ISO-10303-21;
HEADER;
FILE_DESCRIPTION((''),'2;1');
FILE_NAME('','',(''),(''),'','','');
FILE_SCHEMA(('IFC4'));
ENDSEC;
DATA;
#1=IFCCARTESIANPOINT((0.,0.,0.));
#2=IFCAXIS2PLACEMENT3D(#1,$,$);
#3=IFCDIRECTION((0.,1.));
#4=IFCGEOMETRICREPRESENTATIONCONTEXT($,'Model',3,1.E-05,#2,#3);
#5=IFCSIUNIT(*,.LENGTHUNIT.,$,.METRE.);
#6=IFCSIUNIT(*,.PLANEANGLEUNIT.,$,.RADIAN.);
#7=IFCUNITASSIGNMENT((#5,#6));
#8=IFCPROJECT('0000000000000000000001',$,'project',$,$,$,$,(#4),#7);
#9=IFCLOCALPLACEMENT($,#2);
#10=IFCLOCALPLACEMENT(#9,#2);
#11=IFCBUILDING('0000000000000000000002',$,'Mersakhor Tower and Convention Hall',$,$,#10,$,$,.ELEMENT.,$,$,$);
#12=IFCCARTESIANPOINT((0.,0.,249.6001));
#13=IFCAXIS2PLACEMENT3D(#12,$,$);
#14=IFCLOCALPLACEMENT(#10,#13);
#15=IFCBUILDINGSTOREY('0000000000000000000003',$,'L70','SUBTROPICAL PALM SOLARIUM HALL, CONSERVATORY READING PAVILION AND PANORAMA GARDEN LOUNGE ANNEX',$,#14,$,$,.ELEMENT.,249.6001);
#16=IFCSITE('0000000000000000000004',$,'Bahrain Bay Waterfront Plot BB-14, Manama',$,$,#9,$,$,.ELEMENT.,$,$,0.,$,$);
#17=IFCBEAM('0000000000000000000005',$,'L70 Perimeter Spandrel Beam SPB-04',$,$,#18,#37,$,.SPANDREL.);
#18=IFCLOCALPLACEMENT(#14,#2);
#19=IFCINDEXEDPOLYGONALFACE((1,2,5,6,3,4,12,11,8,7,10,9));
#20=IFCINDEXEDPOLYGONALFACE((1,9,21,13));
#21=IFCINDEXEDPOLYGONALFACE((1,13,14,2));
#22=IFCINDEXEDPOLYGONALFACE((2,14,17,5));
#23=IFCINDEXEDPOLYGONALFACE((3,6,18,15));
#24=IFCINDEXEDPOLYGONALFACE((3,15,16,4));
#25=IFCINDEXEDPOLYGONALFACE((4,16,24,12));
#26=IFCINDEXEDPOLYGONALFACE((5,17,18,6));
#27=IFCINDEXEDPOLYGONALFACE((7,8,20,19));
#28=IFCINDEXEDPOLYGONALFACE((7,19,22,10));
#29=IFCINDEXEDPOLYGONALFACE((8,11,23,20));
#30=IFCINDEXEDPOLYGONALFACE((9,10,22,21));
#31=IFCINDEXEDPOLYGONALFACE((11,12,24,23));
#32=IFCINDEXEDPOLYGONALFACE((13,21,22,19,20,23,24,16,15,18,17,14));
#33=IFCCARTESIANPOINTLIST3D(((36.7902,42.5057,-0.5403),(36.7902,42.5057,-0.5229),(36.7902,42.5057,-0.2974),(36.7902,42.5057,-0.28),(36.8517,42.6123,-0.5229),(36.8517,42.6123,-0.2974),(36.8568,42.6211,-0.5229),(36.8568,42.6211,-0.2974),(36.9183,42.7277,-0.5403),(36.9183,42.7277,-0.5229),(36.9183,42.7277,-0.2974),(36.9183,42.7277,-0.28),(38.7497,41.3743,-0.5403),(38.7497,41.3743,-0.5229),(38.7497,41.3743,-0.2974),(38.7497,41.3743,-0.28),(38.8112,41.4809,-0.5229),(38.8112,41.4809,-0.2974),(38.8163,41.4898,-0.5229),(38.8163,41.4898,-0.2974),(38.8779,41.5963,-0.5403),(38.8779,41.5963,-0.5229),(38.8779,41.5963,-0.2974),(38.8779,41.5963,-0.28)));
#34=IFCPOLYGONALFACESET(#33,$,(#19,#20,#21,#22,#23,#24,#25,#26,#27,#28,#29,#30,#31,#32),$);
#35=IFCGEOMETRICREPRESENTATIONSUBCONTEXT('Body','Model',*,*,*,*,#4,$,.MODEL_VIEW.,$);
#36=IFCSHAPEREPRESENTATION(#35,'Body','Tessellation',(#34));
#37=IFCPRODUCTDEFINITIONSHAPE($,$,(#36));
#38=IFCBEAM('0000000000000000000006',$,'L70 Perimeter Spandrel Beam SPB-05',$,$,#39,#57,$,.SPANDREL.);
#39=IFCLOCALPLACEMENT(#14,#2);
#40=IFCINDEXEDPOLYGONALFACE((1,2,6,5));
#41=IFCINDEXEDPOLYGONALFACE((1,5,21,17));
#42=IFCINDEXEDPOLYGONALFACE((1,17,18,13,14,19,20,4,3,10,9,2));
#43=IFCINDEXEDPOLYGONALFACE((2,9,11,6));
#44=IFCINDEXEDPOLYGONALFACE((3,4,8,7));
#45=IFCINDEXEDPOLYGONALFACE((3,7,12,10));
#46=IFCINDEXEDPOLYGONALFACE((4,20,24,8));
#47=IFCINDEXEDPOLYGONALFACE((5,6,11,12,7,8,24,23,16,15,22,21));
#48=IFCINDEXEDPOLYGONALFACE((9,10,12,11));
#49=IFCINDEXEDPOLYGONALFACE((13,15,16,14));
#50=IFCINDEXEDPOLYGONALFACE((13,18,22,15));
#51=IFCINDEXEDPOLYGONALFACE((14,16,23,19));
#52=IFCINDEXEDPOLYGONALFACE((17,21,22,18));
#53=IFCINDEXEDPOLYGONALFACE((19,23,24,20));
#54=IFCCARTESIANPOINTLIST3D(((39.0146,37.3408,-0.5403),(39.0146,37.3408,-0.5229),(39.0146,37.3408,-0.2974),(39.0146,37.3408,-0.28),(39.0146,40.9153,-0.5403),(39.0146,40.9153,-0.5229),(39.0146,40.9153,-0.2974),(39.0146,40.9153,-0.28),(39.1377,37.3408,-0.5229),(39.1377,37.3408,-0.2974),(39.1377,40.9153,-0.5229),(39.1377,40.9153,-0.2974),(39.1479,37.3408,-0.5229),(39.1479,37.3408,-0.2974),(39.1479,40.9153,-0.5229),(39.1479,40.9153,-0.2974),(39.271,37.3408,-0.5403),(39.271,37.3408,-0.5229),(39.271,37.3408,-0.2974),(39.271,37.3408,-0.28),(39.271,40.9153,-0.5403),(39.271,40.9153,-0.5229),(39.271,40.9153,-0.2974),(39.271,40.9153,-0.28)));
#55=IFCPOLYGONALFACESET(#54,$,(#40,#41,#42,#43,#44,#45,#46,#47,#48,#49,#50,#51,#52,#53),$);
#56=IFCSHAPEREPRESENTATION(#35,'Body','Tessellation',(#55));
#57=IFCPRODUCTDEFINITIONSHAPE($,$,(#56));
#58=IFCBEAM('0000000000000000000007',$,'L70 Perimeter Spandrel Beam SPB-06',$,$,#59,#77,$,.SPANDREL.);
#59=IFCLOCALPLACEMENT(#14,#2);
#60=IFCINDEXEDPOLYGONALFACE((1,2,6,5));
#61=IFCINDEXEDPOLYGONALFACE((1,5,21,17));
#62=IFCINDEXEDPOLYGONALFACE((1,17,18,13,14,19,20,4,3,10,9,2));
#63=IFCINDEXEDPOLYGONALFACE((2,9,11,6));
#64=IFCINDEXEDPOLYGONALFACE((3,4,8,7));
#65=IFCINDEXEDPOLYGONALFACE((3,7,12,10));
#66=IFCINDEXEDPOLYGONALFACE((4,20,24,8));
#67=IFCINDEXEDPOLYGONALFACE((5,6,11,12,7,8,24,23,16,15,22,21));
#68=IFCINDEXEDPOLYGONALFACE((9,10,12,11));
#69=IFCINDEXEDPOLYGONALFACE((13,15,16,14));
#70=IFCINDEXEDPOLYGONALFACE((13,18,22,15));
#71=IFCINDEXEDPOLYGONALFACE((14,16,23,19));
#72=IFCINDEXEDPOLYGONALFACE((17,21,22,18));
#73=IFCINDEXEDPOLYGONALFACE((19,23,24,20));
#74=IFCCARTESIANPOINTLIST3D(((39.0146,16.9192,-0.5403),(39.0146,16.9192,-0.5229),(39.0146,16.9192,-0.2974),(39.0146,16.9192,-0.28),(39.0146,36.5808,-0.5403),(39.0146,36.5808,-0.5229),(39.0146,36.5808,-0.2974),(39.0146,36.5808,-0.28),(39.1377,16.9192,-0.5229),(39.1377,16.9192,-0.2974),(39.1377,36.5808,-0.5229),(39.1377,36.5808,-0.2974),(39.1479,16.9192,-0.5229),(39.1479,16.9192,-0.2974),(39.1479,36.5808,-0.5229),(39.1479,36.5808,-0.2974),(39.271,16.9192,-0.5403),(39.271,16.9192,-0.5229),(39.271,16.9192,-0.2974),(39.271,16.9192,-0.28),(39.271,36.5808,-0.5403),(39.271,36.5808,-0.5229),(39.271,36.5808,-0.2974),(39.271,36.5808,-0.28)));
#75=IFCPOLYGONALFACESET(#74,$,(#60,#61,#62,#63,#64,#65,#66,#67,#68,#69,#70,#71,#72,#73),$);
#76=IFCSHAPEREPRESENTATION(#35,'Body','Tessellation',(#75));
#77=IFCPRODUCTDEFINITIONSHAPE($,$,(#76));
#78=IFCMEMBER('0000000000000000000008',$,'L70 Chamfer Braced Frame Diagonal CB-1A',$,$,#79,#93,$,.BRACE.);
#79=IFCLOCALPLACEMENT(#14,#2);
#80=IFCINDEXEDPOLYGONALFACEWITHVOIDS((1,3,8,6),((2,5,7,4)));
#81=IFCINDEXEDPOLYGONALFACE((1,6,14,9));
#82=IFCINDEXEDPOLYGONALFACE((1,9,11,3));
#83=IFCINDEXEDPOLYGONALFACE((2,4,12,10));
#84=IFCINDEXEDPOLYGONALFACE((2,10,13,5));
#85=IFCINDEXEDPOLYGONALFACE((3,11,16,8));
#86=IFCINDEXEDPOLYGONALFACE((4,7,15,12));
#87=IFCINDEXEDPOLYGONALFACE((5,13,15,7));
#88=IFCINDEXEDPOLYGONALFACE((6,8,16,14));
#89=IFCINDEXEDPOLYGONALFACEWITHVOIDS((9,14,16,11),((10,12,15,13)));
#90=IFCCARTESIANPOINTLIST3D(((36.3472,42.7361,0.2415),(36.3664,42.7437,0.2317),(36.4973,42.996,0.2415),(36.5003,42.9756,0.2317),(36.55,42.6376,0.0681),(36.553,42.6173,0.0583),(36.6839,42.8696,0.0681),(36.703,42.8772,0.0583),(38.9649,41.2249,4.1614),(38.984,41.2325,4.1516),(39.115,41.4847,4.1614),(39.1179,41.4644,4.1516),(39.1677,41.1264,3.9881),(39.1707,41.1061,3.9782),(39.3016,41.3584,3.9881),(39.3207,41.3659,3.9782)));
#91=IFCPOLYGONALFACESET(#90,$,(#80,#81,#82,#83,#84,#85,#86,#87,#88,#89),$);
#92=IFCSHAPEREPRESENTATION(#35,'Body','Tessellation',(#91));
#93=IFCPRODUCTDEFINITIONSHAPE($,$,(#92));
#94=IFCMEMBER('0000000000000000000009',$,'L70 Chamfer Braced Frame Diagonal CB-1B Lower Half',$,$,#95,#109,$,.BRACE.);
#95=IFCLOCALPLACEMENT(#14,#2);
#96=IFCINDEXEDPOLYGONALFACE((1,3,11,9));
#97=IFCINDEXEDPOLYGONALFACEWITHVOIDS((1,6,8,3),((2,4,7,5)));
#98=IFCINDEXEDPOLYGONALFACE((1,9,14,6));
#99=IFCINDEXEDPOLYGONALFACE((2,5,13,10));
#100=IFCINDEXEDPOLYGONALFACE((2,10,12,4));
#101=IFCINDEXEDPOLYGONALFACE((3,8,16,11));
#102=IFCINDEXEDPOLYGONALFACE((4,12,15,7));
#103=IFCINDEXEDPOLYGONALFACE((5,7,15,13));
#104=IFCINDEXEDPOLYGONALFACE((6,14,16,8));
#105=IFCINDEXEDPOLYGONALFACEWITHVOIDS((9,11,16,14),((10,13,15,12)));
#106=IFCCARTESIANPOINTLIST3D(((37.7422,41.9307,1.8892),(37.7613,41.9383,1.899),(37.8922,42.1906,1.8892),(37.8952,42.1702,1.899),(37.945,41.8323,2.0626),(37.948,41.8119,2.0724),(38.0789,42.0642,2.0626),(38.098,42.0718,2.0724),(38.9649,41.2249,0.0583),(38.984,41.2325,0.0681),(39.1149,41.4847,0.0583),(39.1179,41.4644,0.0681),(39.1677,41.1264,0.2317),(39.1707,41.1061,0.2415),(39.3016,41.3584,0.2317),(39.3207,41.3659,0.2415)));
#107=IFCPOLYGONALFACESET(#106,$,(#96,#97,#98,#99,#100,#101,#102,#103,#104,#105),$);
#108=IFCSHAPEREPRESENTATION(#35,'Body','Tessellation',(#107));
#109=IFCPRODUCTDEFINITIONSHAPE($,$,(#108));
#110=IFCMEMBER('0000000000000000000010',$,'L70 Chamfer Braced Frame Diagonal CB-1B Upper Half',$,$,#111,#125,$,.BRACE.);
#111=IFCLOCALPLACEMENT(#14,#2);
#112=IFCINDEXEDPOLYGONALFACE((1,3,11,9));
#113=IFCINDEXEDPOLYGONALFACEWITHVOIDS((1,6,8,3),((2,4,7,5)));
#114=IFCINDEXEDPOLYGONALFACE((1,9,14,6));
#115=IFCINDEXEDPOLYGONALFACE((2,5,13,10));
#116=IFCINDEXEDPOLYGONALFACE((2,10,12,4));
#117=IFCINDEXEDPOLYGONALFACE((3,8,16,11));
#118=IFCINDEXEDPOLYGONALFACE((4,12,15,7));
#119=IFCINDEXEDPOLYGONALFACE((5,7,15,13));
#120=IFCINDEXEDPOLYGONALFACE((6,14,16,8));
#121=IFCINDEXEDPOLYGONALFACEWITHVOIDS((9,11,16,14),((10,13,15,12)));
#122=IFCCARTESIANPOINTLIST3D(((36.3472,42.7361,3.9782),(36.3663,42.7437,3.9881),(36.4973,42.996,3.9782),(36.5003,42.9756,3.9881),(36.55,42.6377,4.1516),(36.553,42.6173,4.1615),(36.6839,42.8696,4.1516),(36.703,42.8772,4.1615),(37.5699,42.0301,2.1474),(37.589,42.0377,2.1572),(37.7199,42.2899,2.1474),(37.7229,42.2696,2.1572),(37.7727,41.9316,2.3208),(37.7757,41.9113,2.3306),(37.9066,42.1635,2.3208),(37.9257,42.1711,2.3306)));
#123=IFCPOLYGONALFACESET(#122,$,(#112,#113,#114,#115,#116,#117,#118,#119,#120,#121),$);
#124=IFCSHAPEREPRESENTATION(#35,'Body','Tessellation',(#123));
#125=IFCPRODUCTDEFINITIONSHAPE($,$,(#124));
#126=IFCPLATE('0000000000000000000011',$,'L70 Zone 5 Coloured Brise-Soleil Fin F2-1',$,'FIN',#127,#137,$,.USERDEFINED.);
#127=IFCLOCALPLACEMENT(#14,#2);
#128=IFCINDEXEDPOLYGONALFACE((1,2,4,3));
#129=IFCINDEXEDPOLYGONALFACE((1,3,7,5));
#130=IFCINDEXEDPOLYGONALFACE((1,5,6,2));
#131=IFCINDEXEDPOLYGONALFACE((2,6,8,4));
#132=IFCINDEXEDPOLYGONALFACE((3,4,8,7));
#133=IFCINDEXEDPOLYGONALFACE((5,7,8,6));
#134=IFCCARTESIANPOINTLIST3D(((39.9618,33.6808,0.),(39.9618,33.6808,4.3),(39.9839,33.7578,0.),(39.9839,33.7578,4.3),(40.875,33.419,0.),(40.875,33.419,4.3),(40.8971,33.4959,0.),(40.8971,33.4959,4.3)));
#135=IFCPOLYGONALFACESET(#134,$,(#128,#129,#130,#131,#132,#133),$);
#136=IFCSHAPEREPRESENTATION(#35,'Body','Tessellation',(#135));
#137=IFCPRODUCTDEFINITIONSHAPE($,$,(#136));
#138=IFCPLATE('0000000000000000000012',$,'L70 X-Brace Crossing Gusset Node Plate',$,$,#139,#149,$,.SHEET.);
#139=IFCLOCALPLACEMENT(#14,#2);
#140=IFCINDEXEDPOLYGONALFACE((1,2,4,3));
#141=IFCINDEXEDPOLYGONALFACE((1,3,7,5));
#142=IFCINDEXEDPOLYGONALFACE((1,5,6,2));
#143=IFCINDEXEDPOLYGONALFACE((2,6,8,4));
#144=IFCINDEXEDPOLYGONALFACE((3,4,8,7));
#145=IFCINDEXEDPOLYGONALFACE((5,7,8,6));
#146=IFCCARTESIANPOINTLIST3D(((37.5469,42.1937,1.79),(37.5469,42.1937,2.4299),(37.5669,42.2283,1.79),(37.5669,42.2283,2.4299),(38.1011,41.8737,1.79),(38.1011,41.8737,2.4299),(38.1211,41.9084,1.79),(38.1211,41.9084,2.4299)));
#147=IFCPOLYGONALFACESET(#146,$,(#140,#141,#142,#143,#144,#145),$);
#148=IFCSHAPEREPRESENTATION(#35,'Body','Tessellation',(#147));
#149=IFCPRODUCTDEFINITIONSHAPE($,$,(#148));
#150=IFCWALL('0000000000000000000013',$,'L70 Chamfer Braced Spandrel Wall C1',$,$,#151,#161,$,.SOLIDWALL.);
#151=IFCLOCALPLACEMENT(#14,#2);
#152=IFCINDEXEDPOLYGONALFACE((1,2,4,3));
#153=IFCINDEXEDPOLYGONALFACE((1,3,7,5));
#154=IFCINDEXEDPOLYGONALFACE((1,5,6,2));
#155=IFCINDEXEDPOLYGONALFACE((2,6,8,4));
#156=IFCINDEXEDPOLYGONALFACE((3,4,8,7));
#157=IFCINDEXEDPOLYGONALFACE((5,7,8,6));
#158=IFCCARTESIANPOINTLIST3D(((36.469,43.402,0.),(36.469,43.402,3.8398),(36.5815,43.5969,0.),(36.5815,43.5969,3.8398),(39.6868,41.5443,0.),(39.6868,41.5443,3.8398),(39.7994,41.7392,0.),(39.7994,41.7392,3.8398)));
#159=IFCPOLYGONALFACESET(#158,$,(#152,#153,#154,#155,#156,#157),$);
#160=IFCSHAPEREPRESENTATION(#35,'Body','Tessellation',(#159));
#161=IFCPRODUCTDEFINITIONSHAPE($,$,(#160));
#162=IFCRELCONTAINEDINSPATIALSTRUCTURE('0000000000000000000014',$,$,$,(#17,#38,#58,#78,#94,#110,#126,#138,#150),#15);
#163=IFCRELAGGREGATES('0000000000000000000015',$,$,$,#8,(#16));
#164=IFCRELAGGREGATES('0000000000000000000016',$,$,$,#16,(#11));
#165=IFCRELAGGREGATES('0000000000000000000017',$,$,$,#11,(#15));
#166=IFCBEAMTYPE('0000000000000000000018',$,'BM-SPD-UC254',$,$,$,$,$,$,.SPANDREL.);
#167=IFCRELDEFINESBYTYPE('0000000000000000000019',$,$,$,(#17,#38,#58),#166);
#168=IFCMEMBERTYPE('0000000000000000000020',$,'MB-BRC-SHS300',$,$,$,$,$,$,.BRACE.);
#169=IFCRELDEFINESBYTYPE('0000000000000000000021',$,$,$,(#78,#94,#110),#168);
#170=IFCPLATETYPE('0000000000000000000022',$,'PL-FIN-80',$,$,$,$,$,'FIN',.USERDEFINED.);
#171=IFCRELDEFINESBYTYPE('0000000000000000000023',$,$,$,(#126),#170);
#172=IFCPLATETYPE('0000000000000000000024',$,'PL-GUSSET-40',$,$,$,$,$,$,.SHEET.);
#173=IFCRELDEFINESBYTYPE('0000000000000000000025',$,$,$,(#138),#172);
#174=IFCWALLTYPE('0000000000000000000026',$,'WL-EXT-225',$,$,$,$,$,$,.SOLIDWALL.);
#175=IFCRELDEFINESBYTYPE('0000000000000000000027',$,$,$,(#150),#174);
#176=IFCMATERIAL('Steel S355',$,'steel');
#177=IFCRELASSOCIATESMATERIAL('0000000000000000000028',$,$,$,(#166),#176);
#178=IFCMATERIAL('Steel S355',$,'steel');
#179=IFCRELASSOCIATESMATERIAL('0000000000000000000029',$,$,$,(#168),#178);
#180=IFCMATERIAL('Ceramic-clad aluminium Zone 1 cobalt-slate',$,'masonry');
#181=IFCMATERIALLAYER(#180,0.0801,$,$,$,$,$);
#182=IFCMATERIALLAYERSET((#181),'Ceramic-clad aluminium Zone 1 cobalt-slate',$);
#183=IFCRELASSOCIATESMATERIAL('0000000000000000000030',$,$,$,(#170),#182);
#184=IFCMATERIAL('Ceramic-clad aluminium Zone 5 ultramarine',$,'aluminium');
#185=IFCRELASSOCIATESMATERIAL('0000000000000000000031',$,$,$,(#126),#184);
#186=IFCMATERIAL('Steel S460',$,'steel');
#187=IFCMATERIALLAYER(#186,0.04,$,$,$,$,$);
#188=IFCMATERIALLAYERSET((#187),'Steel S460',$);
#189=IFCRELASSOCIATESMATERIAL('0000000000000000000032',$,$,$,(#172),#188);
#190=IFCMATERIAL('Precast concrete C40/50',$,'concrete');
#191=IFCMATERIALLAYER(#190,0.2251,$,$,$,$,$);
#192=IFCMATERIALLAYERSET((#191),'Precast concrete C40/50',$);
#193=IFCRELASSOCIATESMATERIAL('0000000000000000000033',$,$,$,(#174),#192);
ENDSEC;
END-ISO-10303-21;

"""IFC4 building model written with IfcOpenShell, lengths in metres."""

from ifc_helpers import new_model, si_unit, direction, frame, frame_2d, origin, origin_2d, place, context, subcontext, project, spatial, rectangle, hollow_rectangle, i_section, extrude, material, layer, layer_set, material_profile, profile_set, type_object, element, save


model = new_model("IFC4")

# Units and contexts
model_context = context("Model", 3, precision=1e-05, world=origin(), true_north=direction((0.0, 1.0)))
body_context = subcontext(model_context, "Body", "Model", "MODEL_VIEW")
ifc_project = project(units=[si_unit("LENGTHUNIT", "METRE"), si_unit("PLANEANGLEUNIT", "RADIAN")], contexts=[model_context])

# Site, building, storey
site_placement = place(None, origin())
site = spatial("IfcSite", under=ifc_project, at=site_placement, Name="Bahrain Bay Waterfront Plot BB-14, Manama", CompositionType="ELEMENT", RefElevation=0.0)
building_placement = place(site_placement, origin())
building = spatial("IfcBuilding", under=site, at=building_placement, Name="Mersakhor Tower and Convention Hall", CompositionType="ELEMENT")
storey_placement = place(building_placement, frame((0.0, 0.0, 249.6001)))
storey = spatial("IfcBuildingStorey", under=building, at=storey_placement, Name="L70", Description="SUBTROPICAL PALM SOLARIUM HALL, CONSERVATORY READING PAVILION AND PANORAMA GARDEN LOUNGE ANNEX", CompositionType="ELEMENT", Elevation=249.6001)

# Beams
ifc_material_1 = material(Name="Steel S355", Category="steel")
ifc_material_profile_1 = material_profile(ifc_material_1, i_section(OverallWidth=0.2563, OverallDepth=0.2603, WebThickness=0.0103, FlangeThickness=0.0173, at=origin_2d()), Name="UC 254x254x89")
ifc_profile_set_1 = profile_set([ifc_material_profile_1], Name="Steel S355")
beam_type_1 = type_object("IfcBeamType", Name="BM-SPD-UC254", PredefinedType="SPANDREL", material=ifc_profile_set_1)
beam_1_placement = place(storey_placement, frame((36.8542, 42.6167, -0.4102), z_axis=(0.866017, -0.500015, 0.0), x_axis=(0.500015, 0.866017, 0.0)))
element("IfcBeam", 1, at=beam_1_placement, inside=storey, type_object=beam_type_1, Name="L70 Perimeter Spandrel Beam SPB-04", PredefinedType="SPANDREL", context=body_context, shape_type="SweptSolid", body=[
    extrude(i_section(OverallWidth=0.2563, OverallDepth=0.2603, WebThickness=0.0103, FlangeThickness=0.0173, at=origin_2d()), origin(), (0.0, 0.0, 1.0), 2.2627),
])
beam_2_placement = place(storey_placement, frame((39.1428, 40.9153, -0.4102), z_axis=(0.0, -1.0, 0.0), x_axis=(1.0, 0.0, 0.0)))
element("IfcBeam", 2, at=beam_2_placement, inside=storey, type_object=beam_type_1, Name="L70 Perimeter Spandrel Beam SPB-05", PredefinedType="SPANDREL", context=body_context, shape_type="SweptSolid", body=[
    extrude(i_section(OverallWidth=0.2563, OverallDepth=0.2603, WebThickness=0.0103, FlangeThickness=0.0173, at=origin_2d()), origin(), (0.0, 0.0, 1.0), 3.5745),
])
beam_3_placement = place(storey_placement, frame((39.1428, 36.5808, -0.4102), z_axis=(0.0, -1.0, 0.0), x_axis=(1.0, 0.0, 0.0)))
element("IfcBeam", 3, at=beam_3_placement, inside=storey, type_object=beam_type_1, Name="L70 Perimeter Spandrel Beam SPB-06", PredefinedType="SPANDREL", context=body_context, shape_type="SweptSolid", body=[
    extrude(i_section(OverallWidth=0.2563, OverallDepth=0.2603, WebThickness=0.0103, FlangeThickness=0.0173, at=origin_2d()), origin(), (0.0, 0.0, 1.0), 19.6616),
])

# Members
ifc_material_2 = material(Name="Steel S355", Category="steel")
ifc_material_profile_2 = material_profile(ifc_material_2, hollow_rectangle(XDim=0.3, YDim=0.3, WallThickness=0.0161, at=origin_2d()), Name="SHS 300x300x16")
ifc_profile_set_2 = profile_set([ifc_material_profile_2], Name="Steel S355")
member_type = type_object("IfcMemberType", Name="MB-BRC-SHS300", PredefinedType="BRACE", material=ifc_profile_set_2)
member_placement = place(storey_placement, frame((36.5251, 42.8066, 0.1499), z_axis=(0.528831, -0.305303, 0.791914), x_axis=(0.499979, 0.866038, 0.0)))
element("IfcMember", 4, at=member_placement, inside=storey, type_object=member_type, Name="L70 Chamfer Braced Frame Diagonal CB-1A", PredefinedType="BRACE", context=body_context, shape_type="SweptSolid", body=[
    extrude(hollow_rectangle(XDim=0.3, YDim=0.3, WallThickness=0.0161, at=origin_2d()), origin(), (0.0, 0.0, 1.0), 4.95),
])
for number, where, z_axis, x_axis, name in (
    (5, (39.1428, 41.2954, 0.1499), (-0.528851, 0.305293, 0.791904), (-0.499952, -0.866053, 0.0), "L70 Chamfer Braced Frame Diagonal CB-1B Lower Half"),
    (6, (37.7478, 42.1006, 2.239), (-0.528834, 0.305389, 0.791879), (-0.500082, -0.865978, 0.0), "L70 Chamfer Braced Frame Diagonal CB-1B Upper Half"),
):
    element("IfcMember", number, at=place(storey_placement, frame(where, z_axis=z_axis, x_axis=x_axis)), inside=storey, type_object=member_type, Name=name, PredefinedType="BRACE", context=body_context, shape_type="SweptSolid", body=[
        extrude(hollow_rectangle(XDim=0.3, YDim=0.3, WallThickness=0.0161, at=origin_2d()), origin(), (0.0, 0.0, 1.0), 2.312),
    ])

# Plates
ifc_material_3 = material(Name="Ceramic-clad aluminium Zone 5 ultramarine", Category="aluminium")
ifc_material_4 = material(Name="Ceramic-clad aluminium Zone 1 cobalt-slate", Category="masonry")
ifc_layer_1 = layer(ifc_material_4, 0.0801)
ifc_layer_set_1 = layer_set([ifc_layer_1], Name="Ceramic-clad aluminium Zone 1 cobalt-slate")
plate_type_1 = type_object("IfcPlateType", Name="PL-FIN-80", ElementType="FIN", PredefinedType="USERDEFINED", material=ifc_layer_set_1)
plate_1_placement = place(storey_placement, frame((40.4294, 33.5884, 0.0), z_axis=(0.0, 0.0, 1.0), x_axis=(0.961262, -0.275637, 0.0)))
element("IfcPlate", 7, at=plate_1_placement, inside=storey, type_object=plate_type_1, material=ifc_material_3, Name="L70 Zone 5 Coloured Brise-Soleil Fin F2-1", ObjectType="FIN", PredefinedType="USERDEFINED", context=body_context, shape_type="SweptSolid", body=[
    extrude(rectangle(XDim=0.95, YDim=0.0801, at=origin_2d()), origin(), (0.0, 0.0, 1.0), 4.3),
])
ifc_material_5 = material(Name="Steel S460", Category="steel")
ifc_layer_2 = layer(ifc_material_5, 0.04)
ifc_layer_set_2 = layer_set([ifc_layer_2], Name="Steel S460")
plate_type_2 = type_object("IfcPlateType", Name="PL-GUSSET-40", PredefinedType="SHEET", material=ifc_layer_set_2)
plate_2_placement = place(storey_placement, frame((37.834, 42.051, 1.79), z_axis=(0.0, 0.0, 1.0), x_axis=(-0.866025, 0.5, 0.0)))
element("IfcPlate", 8, at=plate_2_placement, inside=storey, type_object=plate_type_2, Name="L70 X-Brace Crossing Gusset Node Plate", PredefinedType="SHEET", context=body_context, shape_type="SweptSolid", body=[
    extrude(rectangle(XDim=0.6399, YDim=0.04, at=origin_2d()), origin(), (0.0, 0.0, 1.0), 0.6399),
])

# Wall
ifc_material_6 = material(Name="Precast concrete C40/50", Category="concrete")
ifc_layer_3 = layer(ifc_material_6, 0.2251)
ifc_layer_set_3 = layer_set([ifc_layer_3], Name="Precast concrete C40/50")
wall_type_1 = type_object("IfcWallType", Name="WL-EXT-225", PredefinedType="SOLIDWALL", material=ifc_layer_set_3)
wall_1_placement = place(storey_placement, frame((36.5251, 43.4995, 0.0), z_axis=(0.0, 0.0, 1.0), x_axis=(0.866039, -0.499977, 0.0)))
element("IfcWall", 9, at=wall_1_placement, inside=storey, type_object=wall_type_1, Name="L70 Chamfer Braced Spandrel Wall C1", PredefinedType="SOLIDWALL", context=body_context, shape_type="SweptSolid", body=[
    extrude(rectangle(XDim=3.7156, YDim=0.2251, at=frame_2d((1.8579, 0.0))), origin(), (0.0, 0.0, 1.0), 3.8398),
])

save(model, "model.ifc")
